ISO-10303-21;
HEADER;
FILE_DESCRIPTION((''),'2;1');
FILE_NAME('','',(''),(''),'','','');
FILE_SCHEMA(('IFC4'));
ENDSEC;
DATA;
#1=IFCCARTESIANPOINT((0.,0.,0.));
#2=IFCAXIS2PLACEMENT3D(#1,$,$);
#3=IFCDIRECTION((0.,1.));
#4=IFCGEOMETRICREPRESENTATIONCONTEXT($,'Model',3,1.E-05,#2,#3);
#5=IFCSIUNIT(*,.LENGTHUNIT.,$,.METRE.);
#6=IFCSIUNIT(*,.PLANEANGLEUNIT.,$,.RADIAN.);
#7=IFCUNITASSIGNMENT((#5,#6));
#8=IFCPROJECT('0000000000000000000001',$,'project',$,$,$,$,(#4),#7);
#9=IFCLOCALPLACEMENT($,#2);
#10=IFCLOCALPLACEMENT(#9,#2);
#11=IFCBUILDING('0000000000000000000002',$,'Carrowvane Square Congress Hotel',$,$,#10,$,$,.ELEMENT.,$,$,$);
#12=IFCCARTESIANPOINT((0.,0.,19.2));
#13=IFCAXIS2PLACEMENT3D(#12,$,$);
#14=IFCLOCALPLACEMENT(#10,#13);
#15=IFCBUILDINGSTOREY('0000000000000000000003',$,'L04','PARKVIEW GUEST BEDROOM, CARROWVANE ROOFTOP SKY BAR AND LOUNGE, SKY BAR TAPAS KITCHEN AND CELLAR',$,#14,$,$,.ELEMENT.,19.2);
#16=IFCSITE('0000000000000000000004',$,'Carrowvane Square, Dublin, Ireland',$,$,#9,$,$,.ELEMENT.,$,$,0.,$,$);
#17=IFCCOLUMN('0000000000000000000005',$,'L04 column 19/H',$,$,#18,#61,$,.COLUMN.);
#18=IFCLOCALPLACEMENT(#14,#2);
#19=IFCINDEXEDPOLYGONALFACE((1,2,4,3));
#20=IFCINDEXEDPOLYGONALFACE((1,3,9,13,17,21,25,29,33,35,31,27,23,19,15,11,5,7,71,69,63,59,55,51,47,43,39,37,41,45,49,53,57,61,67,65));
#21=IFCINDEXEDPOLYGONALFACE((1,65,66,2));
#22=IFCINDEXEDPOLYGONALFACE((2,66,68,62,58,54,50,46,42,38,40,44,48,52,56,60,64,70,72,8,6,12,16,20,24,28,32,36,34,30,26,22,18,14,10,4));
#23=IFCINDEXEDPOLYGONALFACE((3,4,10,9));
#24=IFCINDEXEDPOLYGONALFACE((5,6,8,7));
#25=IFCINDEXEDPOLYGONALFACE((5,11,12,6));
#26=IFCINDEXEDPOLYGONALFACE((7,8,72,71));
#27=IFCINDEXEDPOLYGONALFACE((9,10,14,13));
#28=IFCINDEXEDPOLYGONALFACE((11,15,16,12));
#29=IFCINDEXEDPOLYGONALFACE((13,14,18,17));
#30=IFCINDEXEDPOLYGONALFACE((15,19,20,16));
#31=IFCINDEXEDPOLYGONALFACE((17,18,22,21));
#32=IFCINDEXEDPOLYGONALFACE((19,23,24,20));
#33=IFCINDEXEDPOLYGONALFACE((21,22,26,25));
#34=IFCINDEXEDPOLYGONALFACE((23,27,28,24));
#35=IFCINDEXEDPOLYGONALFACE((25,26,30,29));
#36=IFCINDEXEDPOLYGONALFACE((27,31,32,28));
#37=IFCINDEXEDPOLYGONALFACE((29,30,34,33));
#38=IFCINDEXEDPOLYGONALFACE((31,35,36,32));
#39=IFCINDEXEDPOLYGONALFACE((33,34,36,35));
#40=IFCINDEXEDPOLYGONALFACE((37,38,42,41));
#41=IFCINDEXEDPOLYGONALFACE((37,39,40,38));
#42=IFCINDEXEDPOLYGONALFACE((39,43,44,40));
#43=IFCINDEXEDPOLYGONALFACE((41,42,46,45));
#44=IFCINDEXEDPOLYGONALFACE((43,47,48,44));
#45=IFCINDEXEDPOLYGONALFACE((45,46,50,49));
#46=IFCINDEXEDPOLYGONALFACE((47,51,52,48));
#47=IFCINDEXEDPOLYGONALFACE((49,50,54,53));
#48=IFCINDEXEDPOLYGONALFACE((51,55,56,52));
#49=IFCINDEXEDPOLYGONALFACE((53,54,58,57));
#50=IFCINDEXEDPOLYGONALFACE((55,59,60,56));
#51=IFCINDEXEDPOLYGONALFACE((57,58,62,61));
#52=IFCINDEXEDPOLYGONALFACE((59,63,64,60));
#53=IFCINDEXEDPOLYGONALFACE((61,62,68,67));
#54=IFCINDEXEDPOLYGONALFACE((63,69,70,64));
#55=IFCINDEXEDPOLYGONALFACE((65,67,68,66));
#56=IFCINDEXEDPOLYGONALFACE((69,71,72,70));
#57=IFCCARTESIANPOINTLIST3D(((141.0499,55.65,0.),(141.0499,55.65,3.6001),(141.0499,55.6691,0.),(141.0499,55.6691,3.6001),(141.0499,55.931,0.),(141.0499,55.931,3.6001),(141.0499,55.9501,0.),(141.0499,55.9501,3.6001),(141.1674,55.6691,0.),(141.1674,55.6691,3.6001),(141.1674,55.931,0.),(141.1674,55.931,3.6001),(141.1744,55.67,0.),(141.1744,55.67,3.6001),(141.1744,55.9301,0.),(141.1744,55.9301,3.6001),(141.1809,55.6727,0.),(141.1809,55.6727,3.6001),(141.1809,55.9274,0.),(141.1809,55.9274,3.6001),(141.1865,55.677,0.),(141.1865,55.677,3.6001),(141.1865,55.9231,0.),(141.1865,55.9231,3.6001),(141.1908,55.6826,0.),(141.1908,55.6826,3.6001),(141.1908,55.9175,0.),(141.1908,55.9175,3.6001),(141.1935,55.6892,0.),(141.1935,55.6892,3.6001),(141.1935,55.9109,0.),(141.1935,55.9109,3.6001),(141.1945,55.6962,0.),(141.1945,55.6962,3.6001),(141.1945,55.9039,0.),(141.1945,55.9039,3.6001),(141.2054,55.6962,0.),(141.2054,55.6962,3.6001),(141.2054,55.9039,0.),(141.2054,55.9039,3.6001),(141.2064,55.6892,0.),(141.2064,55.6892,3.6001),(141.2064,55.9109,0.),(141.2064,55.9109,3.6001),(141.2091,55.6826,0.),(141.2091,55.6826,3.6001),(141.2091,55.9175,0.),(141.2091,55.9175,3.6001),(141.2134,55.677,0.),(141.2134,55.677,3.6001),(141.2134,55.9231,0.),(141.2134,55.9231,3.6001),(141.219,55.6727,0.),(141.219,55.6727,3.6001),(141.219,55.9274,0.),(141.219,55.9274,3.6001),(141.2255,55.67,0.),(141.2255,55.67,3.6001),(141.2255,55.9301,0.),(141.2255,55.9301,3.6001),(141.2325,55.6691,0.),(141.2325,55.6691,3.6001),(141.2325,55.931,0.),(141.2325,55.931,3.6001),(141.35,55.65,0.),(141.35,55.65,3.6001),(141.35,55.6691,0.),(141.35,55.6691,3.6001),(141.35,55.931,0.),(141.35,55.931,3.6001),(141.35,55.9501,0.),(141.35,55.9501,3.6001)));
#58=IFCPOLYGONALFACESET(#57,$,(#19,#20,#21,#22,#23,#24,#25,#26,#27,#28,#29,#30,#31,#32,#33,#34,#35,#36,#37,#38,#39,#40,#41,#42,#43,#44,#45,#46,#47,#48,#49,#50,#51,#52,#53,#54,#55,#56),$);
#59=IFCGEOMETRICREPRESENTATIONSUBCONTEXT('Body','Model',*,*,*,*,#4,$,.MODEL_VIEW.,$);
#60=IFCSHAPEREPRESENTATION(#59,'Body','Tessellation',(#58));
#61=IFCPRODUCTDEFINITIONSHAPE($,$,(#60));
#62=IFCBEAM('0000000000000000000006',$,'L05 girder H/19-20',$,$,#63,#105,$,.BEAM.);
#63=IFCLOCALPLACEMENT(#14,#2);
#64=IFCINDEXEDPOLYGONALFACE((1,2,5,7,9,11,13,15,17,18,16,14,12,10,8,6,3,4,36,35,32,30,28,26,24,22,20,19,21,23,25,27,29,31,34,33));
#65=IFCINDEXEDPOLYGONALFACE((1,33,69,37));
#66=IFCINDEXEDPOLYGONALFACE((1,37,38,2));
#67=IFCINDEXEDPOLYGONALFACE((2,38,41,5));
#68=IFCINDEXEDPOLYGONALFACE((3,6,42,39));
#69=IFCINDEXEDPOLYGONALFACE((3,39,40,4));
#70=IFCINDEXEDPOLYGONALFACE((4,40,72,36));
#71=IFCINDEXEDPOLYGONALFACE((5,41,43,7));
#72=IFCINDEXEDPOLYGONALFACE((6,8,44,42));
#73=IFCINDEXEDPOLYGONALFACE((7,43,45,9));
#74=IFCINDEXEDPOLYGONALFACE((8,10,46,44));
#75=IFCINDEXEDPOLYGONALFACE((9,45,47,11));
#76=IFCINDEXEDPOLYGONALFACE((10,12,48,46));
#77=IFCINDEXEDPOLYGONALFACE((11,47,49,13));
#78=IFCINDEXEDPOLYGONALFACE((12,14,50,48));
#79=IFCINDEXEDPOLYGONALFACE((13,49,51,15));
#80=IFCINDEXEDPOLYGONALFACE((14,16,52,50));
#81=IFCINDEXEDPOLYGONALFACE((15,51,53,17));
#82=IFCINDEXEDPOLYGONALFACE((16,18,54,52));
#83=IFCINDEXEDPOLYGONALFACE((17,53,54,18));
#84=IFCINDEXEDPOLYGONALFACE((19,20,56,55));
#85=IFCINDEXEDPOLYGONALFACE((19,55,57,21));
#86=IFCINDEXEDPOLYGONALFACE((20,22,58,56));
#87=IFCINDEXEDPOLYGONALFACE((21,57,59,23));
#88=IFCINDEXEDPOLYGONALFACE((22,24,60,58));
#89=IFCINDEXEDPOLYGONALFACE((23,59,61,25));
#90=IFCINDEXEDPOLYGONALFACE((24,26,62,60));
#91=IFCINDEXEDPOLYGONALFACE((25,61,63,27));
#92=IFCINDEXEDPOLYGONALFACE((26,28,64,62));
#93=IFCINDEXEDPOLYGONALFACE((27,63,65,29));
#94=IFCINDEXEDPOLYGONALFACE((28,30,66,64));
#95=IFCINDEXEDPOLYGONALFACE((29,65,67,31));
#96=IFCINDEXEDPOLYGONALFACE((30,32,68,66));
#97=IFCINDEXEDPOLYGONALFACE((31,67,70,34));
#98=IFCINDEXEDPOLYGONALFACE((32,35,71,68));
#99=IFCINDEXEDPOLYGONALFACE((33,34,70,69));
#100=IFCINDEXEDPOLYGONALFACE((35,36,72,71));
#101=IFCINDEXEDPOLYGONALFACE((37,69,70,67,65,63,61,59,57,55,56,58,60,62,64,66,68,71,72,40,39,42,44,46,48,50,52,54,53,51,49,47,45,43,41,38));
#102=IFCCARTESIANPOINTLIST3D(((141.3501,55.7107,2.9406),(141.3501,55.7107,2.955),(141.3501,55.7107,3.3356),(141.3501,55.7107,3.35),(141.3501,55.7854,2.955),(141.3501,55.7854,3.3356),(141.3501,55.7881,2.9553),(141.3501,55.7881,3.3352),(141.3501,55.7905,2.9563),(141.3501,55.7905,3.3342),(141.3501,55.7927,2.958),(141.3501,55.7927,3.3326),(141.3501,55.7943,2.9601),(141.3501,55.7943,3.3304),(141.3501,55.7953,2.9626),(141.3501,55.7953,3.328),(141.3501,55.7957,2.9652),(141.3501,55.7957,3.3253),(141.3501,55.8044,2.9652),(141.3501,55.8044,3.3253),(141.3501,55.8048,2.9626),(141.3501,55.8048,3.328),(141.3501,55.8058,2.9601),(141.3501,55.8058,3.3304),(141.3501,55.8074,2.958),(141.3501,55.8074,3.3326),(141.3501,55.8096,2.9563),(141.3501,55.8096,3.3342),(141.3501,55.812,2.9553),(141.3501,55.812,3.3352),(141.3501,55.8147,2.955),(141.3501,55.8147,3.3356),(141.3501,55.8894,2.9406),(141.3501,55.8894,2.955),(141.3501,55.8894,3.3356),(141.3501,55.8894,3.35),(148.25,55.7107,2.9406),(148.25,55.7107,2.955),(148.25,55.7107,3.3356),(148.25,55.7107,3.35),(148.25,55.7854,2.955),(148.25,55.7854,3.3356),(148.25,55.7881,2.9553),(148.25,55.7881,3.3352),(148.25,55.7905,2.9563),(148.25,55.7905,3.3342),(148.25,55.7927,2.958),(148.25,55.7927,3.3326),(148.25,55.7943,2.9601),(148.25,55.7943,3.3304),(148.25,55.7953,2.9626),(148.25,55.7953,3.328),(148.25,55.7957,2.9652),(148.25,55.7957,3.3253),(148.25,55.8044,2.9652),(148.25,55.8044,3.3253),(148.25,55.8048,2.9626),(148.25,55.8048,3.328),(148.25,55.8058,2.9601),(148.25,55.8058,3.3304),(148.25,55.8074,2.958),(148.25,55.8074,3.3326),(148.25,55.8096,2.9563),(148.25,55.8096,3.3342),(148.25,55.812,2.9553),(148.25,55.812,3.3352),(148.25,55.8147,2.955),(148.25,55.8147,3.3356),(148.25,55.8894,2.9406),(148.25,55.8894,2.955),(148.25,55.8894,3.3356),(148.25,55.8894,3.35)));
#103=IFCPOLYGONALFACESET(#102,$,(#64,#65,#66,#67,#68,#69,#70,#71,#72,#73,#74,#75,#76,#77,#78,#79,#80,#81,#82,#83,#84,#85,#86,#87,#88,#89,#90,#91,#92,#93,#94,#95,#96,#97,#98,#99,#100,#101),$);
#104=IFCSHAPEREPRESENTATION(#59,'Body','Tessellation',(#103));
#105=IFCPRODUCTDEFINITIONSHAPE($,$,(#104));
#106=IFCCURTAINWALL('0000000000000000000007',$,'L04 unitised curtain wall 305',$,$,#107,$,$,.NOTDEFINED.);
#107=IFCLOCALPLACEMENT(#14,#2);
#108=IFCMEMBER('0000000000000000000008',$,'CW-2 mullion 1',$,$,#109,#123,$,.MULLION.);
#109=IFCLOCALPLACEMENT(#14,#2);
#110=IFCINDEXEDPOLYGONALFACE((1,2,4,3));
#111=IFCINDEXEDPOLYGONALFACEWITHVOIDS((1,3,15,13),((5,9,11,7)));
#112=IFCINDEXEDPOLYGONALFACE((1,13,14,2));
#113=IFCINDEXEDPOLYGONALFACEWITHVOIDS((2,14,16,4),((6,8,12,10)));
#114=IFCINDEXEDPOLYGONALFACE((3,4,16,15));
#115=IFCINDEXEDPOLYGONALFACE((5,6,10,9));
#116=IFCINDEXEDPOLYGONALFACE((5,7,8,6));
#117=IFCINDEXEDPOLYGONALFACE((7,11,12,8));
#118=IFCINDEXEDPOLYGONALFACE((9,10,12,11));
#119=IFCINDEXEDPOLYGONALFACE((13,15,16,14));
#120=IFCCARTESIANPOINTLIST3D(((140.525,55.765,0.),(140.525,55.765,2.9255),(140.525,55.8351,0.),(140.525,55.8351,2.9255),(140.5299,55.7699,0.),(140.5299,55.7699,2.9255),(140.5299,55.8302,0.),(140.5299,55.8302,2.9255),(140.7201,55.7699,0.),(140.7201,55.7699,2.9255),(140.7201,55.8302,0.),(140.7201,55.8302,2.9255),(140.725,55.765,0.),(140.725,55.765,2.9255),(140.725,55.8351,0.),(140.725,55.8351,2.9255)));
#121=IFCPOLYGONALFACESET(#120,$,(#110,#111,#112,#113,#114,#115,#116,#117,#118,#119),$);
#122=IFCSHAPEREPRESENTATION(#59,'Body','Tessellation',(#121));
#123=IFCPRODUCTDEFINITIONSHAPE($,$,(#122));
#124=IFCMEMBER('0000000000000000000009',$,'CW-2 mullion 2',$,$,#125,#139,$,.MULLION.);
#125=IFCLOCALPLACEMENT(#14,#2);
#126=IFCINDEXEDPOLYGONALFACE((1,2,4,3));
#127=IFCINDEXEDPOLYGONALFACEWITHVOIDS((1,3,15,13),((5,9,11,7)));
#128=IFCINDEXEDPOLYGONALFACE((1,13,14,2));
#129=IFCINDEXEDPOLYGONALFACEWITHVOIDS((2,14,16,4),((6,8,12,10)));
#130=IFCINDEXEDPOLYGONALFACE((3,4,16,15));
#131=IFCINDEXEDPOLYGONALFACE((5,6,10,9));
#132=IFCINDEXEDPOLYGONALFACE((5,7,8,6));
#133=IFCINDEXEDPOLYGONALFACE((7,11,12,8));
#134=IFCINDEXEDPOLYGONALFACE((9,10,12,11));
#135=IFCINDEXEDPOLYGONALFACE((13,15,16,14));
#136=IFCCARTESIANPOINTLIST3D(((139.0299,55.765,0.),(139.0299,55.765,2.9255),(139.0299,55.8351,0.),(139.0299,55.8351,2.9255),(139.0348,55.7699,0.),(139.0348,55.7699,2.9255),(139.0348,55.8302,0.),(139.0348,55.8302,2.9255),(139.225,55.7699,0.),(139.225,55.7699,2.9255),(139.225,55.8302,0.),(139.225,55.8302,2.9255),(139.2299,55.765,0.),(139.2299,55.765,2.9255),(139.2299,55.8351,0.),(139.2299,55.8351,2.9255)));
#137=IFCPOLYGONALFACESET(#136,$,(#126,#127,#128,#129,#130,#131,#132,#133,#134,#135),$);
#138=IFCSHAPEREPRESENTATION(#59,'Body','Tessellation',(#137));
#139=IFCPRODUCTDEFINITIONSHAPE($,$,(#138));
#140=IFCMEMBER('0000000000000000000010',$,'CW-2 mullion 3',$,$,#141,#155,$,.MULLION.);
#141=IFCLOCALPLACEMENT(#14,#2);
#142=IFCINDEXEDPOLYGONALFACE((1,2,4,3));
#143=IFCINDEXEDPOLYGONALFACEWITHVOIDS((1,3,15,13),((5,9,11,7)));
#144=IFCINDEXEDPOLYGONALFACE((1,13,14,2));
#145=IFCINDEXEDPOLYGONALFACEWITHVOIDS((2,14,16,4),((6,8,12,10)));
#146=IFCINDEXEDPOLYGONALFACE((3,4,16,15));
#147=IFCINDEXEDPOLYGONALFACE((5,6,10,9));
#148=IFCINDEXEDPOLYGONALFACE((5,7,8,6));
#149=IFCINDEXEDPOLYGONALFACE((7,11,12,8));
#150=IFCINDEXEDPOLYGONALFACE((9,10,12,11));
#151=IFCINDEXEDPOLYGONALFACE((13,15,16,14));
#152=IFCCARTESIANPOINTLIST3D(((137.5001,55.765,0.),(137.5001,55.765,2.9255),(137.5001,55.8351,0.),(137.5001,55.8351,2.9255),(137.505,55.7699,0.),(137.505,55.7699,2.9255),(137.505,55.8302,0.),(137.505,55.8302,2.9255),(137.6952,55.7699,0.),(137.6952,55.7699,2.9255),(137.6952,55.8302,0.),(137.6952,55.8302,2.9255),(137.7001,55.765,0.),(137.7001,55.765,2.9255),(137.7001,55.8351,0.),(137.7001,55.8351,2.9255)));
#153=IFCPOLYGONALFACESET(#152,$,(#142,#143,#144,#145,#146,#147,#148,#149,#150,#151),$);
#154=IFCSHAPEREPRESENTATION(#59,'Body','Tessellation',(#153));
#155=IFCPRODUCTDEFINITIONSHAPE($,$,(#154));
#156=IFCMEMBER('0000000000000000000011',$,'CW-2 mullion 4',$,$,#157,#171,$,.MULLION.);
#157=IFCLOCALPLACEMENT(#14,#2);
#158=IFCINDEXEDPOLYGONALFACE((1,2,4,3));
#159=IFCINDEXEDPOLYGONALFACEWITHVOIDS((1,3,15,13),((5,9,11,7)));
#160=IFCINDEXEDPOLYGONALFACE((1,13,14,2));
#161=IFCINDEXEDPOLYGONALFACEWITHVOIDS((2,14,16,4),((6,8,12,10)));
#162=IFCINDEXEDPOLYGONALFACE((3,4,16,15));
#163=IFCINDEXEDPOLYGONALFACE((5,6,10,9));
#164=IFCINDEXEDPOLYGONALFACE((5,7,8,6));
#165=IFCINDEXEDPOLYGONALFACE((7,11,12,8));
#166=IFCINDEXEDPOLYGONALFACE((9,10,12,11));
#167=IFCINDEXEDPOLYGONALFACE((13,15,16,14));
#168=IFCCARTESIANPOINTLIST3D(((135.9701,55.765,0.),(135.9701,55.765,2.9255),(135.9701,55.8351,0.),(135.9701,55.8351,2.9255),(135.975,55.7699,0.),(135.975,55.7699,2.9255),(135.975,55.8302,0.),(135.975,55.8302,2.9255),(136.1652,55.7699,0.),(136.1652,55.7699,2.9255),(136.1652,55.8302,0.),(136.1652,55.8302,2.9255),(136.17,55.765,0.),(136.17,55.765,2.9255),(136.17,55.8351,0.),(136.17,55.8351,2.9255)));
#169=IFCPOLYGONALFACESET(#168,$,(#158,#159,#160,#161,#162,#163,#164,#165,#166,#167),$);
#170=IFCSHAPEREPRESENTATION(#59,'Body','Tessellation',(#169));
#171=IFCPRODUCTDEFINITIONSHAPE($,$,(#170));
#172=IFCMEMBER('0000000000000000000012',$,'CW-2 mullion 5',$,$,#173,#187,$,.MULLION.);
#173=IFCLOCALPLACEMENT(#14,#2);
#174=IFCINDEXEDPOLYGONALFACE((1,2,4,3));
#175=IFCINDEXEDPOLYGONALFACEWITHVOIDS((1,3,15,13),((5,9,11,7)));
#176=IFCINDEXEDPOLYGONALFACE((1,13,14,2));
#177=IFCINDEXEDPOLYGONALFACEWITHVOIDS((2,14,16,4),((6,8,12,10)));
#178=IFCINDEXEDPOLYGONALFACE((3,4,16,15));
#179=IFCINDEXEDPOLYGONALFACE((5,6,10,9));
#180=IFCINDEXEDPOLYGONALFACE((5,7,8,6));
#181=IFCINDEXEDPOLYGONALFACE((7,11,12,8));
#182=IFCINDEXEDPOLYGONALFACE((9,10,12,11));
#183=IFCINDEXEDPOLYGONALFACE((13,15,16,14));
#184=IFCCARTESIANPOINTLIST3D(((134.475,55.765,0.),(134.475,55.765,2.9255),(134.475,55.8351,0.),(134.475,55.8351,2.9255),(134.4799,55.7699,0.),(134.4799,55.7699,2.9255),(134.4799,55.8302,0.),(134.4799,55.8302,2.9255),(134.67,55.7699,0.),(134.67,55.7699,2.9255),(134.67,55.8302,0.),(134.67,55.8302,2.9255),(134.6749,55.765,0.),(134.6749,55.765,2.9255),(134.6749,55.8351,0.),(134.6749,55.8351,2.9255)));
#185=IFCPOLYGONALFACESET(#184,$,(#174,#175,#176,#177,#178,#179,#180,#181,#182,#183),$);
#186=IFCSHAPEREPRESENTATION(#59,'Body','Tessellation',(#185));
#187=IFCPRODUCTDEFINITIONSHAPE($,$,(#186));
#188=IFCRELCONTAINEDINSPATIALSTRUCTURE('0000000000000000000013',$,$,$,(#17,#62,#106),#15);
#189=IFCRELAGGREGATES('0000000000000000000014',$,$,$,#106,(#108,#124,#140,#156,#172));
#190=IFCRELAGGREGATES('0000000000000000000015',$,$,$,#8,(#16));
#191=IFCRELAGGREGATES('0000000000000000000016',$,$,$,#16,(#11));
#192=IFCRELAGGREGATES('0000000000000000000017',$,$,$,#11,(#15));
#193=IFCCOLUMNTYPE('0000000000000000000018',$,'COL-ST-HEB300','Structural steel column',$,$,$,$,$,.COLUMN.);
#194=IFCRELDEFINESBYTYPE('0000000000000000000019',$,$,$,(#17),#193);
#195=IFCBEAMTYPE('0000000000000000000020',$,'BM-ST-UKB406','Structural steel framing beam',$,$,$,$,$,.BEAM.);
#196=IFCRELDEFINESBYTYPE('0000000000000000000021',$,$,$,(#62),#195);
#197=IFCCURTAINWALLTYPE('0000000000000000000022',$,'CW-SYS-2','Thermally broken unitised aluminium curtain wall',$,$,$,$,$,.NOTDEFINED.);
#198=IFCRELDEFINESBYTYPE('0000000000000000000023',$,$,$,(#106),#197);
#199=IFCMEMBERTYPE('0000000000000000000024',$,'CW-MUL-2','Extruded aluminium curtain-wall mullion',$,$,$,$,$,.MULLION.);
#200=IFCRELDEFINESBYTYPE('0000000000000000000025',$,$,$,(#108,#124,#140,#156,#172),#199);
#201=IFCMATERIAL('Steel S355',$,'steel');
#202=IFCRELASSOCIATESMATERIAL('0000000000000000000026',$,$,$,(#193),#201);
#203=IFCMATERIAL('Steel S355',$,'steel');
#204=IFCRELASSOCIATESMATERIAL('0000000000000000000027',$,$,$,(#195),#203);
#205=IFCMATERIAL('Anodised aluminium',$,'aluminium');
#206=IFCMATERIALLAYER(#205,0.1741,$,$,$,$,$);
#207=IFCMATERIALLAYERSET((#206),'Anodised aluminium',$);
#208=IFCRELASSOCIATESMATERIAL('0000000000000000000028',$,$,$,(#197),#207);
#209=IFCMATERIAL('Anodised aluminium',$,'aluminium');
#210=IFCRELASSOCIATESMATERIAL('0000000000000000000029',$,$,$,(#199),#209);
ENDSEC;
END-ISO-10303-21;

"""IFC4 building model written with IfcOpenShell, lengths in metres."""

from ifc_helpers import new_model, si_unit, direction, frame, origin, origin_2d, place, context, subcontext, project, spatial, hollow_rectangle, i_section, extrude, material, layer, layer_set, material_profile, profile_set, type_object, element, aggregate, save


model = new_model("IFC4")

# Units and contexts
model_context = context("Model", 3, precision=1e-05, world=origin(), true_north=direction((0.0, 1.0)))
body_context = subcontext(model_context, "Body", "Model", "MODEL_VIEW")
ifc_project = project(units=[si_unit("LENGTHUNIT", "METRE"), si_unit("PLANEANGLEUNIT", "RADIAN")], contexts=[model_context])

# Site, building, storey
site_placement = place(None, origin())
site = spatial("IfcSite", under=ifc_project, at=site_placement, Name="Carrowvane Square, Dublin, Ireland", CompositionType="ELEMENT", RefElevation=0.0)
building_placement = place(site_placement, origin())
building = spatial("IfcBuilding", under=site, at=building_placement, Name="Carrowvane Square Congress Hotel", CompositionType="ELEMENT")
storey_placement = place(building_placement, frame((0.0, 0.0, 19.2)))
storey = spatial("IfcBuildingStorey", under=building, at=storey_placement, Name="L04", Description="PARKVIEW GUEST BEDROOM, CARROWVANE ROOFTOP SKY BAR AND LOUNGE, SKY BAR TAPAS KITCHEN AND CELLAR", CompositionType="ELEMENT", Elevation=19.2)

# Column
ifc_material_1 = material(Name="Steel S355", Category="steel")
ifc_material_profile_1 = material_profile(ifc_material_1, i_section(OverallWidth=0.3, OverallDepth=0.3, WebThickness=0.011, FlangeThickness=0.019, FilletRadius=0.0271, at=origin_2d()), Name="HEB 300")
ifc_profile_set_1 = profile_set([ifc_material_profile_1], Name="Steel S355")
column_type = type_object("IfcColumnType", Name="COL-ST-HEB300", Description="Structural steel column", PredefinedType="COLUMN", material=ifc_profile_set_1)
column_placement = place(storey_placement, frame((141.2, 55.8, 0.0), z_axis=(0.0, 0.0, 1.0), x_axis=(1.0, 0.0, 0.0)))
element("IfcColumn", 1, at=column_placement, inside=storey, type_object=column_type, Name="L04 column 19/H", PredefinedType="COLUMN", context=body_context, shape_type="SweptSolid", body=[
    extrude(i_section(OverallWidth=0.3, OverallDepth=0.3, WebThickness=0.011, FlangeThickness=0.019, FilletRadius=0.0271, at=origin_2d()), origin(), (0.0, 0.0, 1.0), 3.6001),
])

# Beam
ifc_material_2 = material(Name="Steel S355", Category="steel")
ifc_material_profile_2 = material_profile(ifc_material_2, i_section(OverallWidth=0.1787, OverallDepth=0.4094, WebThickness=0.0088, FlangeThickness=0.0144, FilletRadius=0.0103, at=origin_2d()), Name="UKB 406x178x67")
ifc_profile_set_2 = profile_set([ifc_material_profile_2], Name="Steel S355")
beam_type = type_object("IfcBeamType", Name="BM-ST-UKB406", Description="Structural steel framing beam", PredefinedType="BEAM", material=ifc_profile_set_2)
beam_placement = place(storey_placement, frame((141.3501, 55.8, 3.1453), z_axis=(1.0, 0.0, 0.0), x_axis=(0.0, 1.0, 0.0)))
element("IfcBeam", 2, at=beam_placement, inside=storey, type_object=beam_type, Name="L05 girder H/19-20", PredefinedType="BEAM", context=body_context, shape_type="SweptSolid", body=[
    extrude(i_section(OverallWidth=0.1787, OverallDepth=0.4094, WebThickness=0.0088, FlangeThickness=0.0144, FilletRadius=0.0103, at=origin_2d()), origin(), (0.0, 0.0, 1.0), 6.8999),
])

# Curtain wall, members
ifc_material_3 = material(Name="Anodised aluminium", Category="aluminium")
ifc_layer_1 = layer(ifc_material_3, 0.1741)
ifc_layer_set_1 = layer_set([ifc_layer_1], Name="Anodised aluminium")
curtain_wall_type = type_object("IfcCurtainWallType", Name="CW-SYS-2", Description="Thermally broken unitised aluminium curtain wall", PredefinedType="NOTDEFINED", material=ifc_layer_set_1)
curtain_wall_placement = place(storey_placement, origin())
curtain_wall = element("IfcCurtainWall", 3, at=curtain_wall_placement, inside=storey, type_object=curtain_wall_type, Name="L04 unitised curtain wall 305", PredefinedType="NOTDEFINED")
ifc_material_4 = material(Name="Anodised aluminium", Category="aluminium")
ifc_material_profile_3 = material_profile(ifc_material_4, hollow_rectangle(XDim=0.0701, YDim=0.2, WallThickness=0.0049, at=origin_2d()), Name="CW-ML 70x200x5")
ifc_profile_set_3 = profile_set([ifc_material_profile_3], Name="Anodised aluminium")
member_type_1 = type_object("IfcMemberType", Name="CW-MUL-2", Description="Extruded aluminium curtain-wall mullion", PredefinedType="MULLION", material=ifc_profile_set_3)
member_1_placement = place(storey_placement, frame((140.625, 55.8, 0.0), z_axis=(0.0, 0.0, 1.0), x_axis=(0.0, -1.0, 0.0)))
member_1 = element("IfcMember", 4, at=member_1_placement, type_object=member_type_1, Name="CW-2 mullion 1", PredefinedType="MULLION", context=body_context, shape_type="SweptSolid", body=[
    extrude(hollow_rectangle(XDim=0.0701, YDim=0.2, WallThickness=0.0049, at=origin_2d()), origin(), (0.0, 0.0, 1.0), 2.9255),
])
member_2_placement = place(storey_placement, frame((139.1299, 55.8, 0.0), z_axis=(0.0, 0.0, 1.0), x_axis=(0.0, -1.0, 0.0)))
member_2 = element("IfcMember", 5, at=member_2_placement, type_object=member_type_1, Name="CW-2 mullion 2", PredefinedType="MULLION", context=body_context, shape_type="SweptSolid", body=[
    extrude(hollow_rectangle(XDim=0.0701, YDim=0.2, WallThickness=0.0049, at=origin_2d()), origin(), (0.0, 0.0, 1.0), 2.9255),
])
member_3_placement = place(storey_placement, frame((137.6001, 55.8, 0.0), z_axis=(0.0, 0.0, 1.0), x_axis=(0.0, -1.0, 0.0)))
member_3 = element("IfcMember", 6, at=member_3_placement, type_object=member_type_1, Name="CW-2 mullion 3", PredefinedType="MULLION", context=body_context, shape_type="SweptSolid", body=[
    extrude(hollow_rectangle(XDim=0.0701, YDim=0.2, WallThickness=0.0049, at=origin_2d()), origin(), (0.0, 0.0, 1.0), 2.9255),
])
member_4_placement = place(storey_placement, frame((136.0701, 55.8, 0.0), z_axis=(0.0, 0.0, 1.0), x_axis=(0.0, -1.0, 0.0)))
member_4 = element("IfcMember", 7, at=member_4_placement, type_object=member_type_1, Name="CW-2 mullion 4", PredefinedType="MULLION", context=body_context, shape_type="SweptSolid", body=[
    extrude(hollow_rectangle(XDim=0.0701, YDim=0.2, WallThickness=0.0049, at=origin_2d()), origin(), (0.0, 0.0, 1.0), 2.9255),
])
member_5_placement = place(storey_placement, frame((134.575, 55.8, 0.0), z_axis=(0.0, 0.0, 1.0), x_axis=(0.0, -1.0, 0.0)))
member_5 = element("IfcMember", 8, at=member_5_placement, type_object=member_type_1, Name="CW-2 mullion 5", PredefinedType="MULLION", context=body_context, shape_type="SweptSolid", body=[
    extrude(hollow_rectangle(XDim=0.0701, YDim=0.2, WallThickness=0.0049, at=origin_2d()), origin(), (0.0, 0.0, 1.0), 2.9255),
])
aggregate(curtain_wall, [member_1, member_2, member_3, member_4, member_5])

save(model, "model.ifc")
